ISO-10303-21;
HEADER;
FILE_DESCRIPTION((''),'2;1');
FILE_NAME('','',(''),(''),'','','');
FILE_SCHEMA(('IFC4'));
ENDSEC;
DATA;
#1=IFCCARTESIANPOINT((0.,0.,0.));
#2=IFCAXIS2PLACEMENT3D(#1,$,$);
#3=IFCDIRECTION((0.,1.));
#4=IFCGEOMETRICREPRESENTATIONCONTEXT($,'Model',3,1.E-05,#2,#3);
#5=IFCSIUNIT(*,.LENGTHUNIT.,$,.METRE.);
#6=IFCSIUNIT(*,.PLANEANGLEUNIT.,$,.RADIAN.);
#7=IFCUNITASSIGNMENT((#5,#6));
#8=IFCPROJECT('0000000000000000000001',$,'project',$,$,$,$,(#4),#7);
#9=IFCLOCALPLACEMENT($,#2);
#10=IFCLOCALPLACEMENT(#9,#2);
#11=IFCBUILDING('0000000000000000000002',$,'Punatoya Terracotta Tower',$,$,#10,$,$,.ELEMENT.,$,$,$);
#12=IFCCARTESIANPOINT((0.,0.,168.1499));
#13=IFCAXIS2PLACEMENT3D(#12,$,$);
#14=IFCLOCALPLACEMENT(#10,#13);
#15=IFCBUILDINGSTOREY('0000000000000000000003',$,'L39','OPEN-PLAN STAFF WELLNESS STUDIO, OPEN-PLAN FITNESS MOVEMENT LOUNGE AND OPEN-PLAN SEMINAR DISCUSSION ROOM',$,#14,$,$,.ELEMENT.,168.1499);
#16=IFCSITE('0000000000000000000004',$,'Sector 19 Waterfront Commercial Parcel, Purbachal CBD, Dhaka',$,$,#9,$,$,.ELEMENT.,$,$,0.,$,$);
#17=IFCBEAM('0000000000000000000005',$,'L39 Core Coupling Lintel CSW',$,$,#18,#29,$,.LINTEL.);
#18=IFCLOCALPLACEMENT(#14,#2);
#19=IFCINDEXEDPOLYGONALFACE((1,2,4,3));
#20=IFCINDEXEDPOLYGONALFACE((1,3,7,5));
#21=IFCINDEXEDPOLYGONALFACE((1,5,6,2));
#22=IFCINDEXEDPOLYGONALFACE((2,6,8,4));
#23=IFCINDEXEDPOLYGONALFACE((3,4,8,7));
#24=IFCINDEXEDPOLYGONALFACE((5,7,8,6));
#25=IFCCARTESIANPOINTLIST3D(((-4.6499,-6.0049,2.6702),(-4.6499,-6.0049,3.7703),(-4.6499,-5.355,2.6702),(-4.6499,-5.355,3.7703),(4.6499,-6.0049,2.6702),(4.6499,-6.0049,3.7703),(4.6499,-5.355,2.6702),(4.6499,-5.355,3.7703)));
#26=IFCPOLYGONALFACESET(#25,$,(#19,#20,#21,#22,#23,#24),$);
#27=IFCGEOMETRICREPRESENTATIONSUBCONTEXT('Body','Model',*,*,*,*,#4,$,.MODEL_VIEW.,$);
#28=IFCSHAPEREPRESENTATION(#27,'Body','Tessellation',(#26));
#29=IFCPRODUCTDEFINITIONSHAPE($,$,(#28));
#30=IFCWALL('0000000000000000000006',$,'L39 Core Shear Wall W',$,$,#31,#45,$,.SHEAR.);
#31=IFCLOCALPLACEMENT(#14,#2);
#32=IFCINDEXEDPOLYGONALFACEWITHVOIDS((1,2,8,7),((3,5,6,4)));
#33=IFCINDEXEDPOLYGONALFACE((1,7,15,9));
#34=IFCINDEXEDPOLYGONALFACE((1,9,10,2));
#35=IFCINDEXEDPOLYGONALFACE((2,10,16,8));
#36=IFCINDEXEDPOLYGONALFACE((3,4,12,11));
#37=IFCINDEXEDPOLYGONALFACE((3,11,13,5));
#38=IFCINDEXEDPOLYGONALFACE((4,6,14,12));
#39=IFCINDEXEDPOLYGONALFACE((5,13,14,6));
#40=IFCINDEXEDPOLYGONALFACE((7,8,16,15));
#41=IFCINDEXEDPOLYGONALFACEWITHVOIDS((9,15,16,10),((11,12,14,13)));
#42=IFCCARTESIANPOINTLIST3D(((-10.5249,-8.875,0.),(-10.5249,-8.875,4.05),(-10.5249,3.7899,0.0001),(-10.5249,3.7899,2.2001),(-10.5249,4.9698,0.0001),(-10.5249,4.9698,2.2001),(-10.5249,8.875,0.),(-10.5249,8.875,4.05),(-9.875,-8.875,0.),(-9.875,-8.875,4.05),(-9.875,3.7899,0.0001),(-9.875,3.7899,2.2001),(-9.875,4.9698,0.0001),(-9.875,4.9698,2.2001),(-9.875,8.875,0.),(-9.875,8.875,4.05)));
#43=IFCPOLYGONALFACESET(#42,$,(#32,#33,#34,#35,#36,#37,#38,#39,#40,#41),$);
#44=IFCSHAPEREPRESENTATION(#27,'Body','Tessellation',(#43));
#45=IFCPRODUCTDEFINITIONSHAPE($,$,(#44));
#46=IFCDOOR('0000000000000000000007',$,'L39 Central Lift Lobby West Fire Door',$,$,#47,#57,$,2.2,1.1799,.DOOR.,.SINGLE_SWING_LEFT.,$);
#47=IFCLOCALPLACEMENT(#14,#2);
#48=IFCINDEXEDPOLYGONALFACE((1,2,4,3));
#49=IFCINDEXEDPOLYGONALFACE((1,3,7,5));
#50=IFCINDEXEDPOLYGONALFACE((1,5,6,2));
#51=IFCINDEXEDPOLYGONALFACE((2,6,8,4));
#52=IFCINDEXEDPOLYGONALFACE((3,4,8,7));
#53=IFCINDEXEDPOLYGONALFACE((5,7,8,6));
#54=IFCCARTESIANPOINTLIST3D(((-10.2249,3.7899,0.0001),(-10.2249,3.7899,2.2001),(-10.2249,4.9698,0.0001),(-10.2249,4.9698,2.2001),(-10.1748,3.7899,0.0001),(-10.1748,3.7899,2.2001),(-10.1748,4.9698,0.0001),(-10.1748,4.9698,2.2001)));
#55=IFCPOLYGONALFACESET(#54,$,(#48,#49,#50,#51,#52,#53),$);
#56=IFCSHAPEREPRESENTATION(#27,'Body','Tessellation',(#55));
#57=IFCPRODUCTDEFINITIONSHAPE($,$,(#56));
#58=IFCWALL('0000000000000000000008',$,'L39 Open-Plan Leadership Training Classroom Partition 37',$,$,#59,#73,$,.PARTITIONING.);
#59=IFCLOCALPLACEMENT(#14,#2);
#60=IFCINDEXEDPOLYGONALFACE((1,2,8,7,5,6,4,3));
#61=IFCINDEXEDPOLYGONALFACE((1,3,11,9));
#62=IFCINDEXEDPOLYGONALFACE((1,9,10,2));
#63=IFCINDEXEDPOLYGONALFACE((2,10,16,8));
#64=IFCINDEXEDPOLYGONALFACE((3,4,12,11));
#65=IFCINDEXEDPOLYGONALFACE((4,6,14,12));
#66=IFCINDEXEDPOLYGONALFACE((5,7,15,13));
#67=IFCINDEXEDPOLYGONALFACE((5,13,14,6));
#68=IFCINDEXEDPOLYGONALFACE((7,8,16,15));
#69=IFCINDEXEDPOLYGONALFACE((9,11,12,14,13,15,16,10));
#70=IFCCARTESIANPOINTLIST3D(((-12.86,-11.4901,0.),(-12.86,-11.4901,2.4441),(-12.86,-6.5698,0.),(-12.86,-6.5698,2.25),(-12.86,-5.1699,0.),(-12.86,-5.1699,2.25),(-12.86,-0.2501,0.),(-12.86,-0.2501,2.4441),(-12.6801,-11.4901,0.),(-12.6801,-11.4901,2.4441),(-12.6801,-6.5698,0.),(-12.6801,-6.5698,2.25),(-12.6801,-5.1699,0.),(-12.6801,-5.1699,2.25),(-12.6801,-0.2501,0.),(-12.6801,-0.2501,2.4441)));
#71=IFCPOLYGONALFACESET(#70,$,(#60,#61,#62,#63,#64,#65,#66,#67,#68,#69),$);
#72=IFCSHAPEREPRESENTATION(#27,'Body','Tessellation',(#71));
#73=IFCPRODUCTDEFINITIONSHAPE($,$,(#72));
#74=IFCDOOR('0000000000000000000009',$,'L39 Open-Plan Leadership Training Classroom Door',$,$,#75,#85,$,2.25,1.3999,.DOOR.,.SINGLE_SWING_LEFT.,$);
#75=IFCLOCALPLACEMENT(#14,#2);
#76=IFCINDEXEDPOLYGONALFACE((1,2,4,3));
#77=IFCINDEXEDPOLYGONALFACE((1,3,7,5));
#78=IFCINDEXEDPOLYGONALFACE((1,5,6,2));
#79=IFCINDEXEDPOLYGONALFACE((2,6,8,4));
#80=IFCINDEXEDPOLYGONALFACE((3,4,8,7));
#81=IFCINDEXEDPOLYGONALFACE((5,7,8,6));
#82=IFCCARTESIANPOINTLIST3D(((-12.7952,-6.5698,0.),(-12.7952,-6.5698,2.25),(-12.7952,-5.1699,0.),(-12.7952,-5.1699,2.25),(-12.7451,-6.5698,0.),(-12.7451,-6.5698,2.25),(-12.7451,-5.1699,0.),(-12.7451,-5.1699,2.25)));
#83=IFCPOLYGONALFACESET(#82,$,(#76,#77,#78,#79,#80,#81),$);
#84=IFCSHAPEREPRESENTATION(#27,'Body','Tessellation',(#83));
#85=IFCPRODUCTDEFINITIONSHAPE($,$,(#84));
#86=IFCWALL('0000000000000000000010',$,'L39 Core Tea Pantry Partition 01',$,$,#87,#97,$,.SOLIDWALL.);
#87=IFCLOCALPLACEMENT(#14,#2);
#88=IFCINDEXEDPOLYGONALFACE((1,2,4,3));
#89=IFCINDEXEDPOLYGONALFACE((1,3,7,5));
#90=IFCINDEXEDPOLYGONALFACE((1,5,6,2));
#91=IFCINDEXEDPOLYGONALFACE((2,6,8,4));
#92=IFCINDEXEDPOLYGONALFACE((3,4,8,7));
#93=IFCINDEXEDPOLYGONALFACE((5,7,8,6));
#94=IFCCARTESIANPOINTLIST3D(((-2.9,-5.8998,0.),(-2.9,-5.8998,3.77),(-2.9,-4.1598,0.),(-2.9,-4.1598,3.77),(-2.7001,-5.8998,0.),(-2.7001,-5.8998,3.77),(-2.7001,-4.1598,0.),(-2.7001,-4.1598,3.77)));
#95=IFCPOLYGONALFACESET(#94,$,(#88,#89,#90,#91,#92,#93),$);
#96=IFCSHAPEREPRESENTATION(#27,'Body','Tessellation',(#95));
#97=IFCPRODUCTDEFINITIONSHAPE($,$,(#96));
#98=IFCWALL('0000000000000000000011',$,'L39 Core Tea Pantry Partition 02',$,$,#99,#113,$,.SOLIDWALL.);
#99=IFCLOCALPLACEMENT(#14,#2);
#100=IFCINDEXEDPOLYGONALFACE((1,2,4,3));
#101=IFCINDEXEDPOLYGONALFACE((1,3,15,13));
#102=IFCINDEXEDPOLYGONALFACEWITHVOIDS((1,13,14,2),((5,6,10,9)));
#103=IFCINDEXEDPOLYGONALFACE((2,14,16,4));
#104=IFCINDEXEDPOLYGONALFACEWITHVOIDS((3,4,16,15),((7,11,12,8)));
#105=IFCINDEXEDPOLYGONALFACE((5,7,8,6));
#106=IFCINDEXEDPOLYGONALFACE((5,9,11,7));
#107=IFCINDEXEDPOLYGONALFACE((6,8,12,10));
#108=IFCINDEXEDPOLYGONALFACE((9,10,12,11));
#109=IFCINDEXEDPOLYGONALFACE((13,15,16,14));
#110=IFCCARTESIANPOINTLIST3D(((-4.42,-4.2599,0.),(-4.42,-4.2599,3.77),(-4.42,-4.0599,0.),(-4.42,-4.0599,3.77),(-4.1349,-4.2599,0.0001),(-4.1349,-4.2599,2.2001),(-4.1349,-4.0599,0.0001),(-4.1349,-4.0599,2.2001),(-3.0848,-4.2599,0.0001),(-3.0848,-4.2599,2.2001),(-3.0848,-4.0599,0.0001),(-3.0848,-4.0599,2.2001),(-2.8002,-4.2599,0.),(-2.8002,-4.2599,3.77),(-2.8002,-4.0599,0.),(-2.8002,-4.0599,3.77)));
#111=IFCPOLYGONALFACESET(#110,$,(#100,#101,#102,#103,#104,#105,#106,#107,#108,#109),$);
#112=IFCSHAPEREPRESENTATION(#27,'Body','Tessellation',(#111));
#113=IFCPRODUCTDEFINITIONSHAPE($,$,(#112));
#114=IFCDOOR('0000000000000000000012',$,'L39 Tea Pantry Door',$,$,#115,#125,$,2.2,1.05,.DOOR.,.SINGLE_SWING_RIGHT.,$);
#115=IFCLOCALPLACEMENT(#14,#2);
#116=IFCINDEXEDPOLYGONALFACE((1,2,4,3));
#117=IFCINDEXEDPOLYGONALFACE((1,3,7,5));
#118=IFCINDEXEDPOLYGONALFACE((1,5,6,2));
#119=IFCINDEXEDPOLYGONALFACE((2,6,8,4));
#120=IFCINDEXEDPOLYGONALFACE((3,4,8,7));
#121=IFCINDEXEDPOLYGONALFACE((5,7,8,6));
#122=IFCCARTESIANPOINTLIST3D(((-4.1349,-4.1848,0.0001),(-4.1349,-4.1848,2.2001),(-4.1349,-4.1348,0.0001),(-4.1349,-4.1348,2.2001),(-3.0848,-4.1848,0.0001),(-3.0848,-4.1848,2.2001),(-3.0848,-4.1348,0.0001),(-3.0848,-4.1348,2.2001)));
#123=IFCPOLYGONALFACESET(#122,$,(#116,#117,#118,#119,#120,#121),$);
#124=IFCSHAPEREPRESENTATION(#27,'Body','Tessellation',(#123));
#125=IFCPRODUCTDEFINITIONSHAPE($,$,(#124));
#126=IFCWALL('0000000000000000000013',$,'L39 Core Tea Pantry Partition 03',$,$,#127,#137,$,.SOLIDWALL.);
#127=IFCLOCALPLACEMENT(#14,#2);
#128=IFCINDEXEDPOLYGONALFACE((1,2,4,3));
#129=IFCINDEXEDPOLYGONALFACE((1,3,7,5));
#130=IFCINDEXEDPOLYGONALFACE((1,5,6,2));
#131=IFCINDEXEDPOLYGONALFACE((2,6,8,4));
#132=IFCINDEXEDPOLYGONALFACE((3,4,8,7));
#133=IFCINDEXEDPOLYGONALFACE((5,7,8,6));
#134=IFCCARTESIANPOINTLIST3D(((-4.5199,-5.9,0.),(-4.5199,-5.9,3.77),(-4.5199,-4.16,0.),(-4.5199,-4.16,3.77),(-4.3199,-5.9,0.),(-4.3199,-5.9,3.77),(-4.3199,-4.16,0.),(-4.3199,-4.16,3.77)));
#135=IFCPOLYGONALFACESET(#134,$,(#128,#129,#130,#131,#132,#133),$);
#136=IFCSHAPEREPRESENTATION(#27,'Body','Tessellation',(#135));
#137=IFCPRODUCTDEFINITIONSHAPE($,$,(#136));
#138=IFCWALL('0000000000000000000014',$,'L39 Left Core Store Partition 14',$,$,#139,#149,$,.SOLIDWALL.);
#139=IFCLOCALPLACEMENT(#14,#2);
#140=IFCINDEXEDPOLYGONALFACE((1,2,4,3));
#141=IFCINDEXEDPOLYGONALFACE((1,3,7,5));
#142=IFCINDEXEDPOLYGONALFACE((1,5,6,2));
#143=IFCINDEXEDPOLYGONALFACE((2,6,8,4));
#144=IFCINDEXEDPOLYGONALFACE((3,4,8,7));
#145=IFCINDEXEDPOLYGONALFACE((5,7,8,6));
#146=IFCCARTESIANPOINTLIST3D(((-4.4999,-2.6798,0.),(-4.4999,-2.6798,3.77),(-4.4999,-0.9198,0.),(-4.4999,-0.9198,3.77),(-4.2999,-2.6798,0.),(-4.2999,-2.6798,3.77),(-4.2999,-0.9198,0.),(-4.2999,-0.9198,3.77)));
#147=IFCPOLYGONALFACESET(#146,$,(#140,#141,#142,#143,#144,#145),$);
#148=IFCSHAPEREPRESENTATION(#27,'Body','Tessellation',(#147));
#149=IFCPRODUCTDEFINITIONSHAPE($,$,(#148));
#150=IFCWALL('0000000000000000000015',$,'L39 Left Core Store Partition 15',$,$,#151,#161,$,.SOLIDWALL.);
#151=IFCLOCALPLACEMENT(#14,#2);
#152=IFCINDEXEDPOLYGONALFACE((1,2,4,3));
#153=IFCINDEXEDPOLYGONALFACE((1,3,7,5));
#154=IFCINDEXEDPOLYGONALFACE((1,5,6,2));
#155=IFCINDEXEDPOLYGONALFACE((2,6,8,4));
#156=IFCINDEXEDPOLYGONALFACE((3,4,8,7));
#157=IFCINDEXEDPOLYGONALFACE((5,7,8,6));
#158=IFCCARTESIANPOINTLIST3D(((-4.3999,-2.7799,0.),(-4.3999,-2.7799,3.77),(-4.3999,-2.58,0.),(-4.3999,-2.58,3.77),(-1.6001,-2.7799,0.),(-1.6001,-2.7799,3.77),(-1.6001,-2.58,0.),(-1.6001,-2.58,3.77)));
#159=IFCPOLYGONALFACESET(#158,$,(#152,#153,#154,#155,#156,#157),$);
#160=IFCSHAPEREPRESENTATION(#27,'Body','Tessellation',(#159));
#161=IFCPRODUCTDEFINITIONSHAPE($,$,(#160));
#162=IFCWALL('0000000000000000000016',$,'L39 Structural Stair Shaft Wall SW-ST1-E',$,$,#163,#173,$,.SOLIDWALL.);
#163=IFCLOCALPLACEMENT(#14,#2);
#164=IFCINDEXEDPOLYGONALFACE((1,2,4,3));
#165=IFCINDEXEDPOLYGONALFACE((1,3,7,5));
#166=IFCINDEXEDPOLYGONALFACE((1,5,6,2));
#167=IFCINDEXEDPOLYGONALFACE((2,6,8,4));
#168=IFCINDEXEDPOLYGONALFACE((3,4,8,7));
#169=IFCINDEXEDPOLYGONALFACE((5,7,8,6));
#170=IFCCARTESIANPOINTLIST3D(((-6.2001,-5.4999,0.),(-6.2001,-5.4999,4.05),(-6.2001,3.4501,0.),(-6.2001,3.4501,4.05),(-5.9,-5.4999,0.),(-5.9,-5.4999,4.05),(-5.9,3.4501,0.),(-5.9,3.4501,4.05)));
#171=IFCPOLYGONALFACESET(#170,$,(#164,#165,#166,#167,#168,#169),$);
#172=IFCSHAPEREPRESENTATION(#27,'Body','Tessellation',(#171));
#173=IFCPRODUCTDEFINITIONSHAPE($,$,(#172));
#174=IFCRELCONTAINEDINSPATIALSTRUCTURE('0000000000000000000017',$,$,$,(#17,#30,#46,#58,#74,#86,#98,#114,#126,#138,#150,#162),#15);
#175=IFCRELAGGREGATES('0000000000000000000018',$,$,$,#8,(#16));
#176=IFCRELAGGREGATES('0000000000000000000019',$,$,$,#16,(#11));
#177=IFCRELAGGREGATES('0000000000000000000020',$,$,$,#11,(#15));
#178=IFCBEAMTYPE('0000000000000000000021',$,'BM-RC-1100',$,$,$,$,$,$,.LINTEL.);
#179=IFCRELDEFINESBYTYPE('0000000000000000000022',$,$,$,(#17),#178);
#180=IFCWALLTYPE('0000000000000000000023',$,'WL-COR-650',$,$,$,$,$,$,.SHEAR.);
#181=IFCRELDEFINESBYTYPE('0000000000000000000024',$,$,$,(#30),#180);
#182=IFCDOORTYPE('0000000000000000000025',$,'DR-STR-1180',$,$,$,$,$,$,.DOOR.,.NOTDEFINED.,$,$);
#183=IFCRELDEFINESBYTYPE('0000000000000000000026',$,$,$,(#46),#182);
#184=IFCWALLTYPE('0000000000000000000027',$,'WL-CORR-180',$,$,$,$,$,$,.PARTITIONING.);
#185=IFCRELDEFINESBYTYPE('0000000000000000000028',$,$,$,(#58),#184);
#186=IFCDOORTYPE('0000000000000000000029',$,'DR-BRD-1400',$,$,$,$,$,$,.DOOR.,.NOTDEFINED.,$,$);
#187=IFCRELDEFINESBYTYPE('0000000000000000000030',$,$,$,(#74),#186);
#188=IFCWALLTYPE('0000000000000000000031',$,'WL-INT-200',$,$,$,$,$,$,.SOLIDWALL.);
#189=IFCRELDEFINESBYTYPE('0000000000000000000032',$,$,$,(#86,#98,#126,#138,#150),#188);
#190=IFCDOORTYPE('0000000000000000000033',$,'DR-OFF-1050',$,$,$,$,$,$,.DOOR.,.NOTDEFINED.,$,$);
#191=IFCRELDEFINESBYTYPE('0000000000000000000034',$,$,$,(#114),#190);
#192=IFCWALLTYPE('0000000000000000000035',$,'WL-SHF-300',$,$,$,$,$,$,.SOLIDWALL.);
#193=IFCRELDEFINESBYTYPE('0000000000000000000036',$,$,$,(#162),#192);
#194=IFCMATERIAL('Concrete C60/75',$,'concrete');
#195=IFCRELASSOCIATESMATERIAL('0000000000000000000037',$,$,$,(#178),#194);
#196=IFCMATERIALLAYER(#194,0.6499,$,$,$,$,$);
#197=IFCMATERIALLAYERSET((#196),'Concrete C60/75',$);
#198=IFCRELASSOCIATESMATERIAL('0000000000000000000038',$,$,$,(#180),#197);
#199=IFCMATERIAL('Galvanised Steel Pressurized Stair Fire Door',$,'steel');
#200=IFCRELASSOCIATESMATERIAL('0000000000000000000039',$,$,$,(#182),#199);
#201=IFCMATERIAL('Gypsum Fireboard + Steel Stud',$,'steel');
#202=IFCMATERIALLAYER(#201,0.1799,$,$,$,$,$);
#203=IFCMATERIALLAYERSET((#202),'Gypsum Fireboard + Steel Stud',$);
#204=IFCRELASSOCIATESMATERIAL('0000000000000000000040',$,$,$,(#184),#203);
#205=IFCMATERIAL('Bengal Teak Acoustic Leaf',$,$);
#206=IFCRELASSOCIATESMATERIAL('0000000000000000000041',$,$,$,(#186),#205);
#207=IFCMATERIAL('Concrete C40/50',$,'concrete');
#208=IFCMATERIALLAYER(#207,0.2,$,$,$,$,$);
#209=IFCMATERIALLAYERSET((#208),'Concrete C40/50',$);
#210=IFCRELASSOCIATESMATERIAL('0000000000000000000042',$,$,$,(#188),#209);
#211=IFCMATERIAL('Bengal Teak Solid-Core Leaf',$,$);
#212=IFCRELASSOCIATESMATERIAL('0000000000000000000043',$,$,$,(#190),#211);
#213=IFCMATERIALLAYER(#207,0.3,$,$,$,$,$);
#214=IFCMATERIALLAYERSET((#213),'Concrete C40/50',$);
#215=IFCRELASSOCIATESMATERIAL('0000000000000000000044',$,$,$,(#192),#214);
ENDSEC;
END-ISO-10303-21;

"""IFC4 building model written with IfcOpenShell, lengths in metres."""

from ifc_helpers import new_model, si_unit, direction, frame, frame_2d, origin, origin_2d, place, context, subcontext, project, spatial, rectangle, extrude, material, layer, layer_set, material_profile, profile_set, type_object, element, fill, save


model = new_model("IFC4")

# Units and contexts
model_context = context("Model", 3, precision=1e-05, world=origin(), true_north=direction((0.0, 1.0)))
body_context = subcontext(model_context, "Body", "Model", "MODEL_VIEW")
ifc_project = project(units=[si_unit("LENGTHUNIT", "METRE"), si_unit("PLANEANGLEUNIT", "RADIAN")], contexts=[model_context])

# Site, building, storey
site_placement = place(None, origin())
site = spatial("IfcSite", under=ifc_project, at=site_placement, Name="Sector 19 Waterfront Commercial Parcel, Purbachal CBD, Dhaka", CompositionType="ELEMENT", RefElevation=0.0)
building_placement = place(site_placement, origin())
building = spatial("IfcBuilding", under=site, at=building_placement, Name="Punatoya Terracotta Tower", CompositionType="ELEMENT")
storey_placement = place(building_placement, frame((0.0, 0.0, 168.1499)))
storey = spatial("IfcBuildingStorey", under=building, at=storey_placement, Name="L39", Description="OPEN-PLAN STAFF WELLNESS STUDIO, OPEN-PLAN FITNESS MOVEMENT LOUNGE AND OPEN-PLAN SEMINAR DISCUSSION ROOM", CompositionType="ELEMENT", Elevation=168.1499)

# Beam
ifc_material_1 = material(Name="Concrete C60/75", Category="concrete")
ifc_material_profile = material_profile(ifc_material_1, rectangle(XDim=0.6499, YDim=1.1001, at=origin_2d()))
ifc_profile_set = profile_set([ifc_material_profile], Name="Concrete C60/75")
beam_type = type_object("IfcBeamType", Name="BM-RC-1100", PredefinedType="LINTEL", material=ifc_profile_set)
beam_placement = place(storey_placement, frame((-4.6499, -5.6799, 3.2202), z_axis=(1.0, 0.0, 0.0), x_axis=(0.0, 1.0, 0.0)))
element("IfcBeam", 1, at=beam_placement, inside=storey, type_object=beam_type, Name="L39 Core Coupling Lintel CSW", PredefinedType="LINTEL", context=body_context, shape_type="SweptSolid", body=[
    extrude(rectangle(XDim=0.6499, YDim=1.1001, at=origin_2d()), origin(), (0.0, 0.0, 1.0), 9.2998),
])

# Walls, openings, doors
ifc_layer_1 = layer(ifc_material_1, 0.6499)
ifc_layer_set_1 = layer_set([ifc_layer_1], Name="Concrete C60/75")
wall_type_1 = type_object("IfcWallType", Name="WL-COR-650", PredefinedType="SHEAR", material=ifc_layer_set_1)
wall_1_placement = place(storey_placement, frame((-10.2, -8.875, 0.0), z_axis=(0.0, 0.0, 1.0), x_axis=(0.0, 1.0, 0.0)))
wall_1 = element("IfcWall", 2, at=wall_1_placement, inside=storey, type_object=wall_type_1, Name="L39 Core Shear Wall W", PredefinedType="SHEAR", context=body_context, shape_type="SweptSolid", body=[
    extrude(rectangle(XDim=17.75, YDim=0.6499, at=frame_2d((8.875, 0.0))), origin(), (0.0, 0.0, 1.0), 4.05),
])
opening_1_placement = place(wall_1_placement, frame((12.665, 0.0, 0.0)))
opening_1 = element("IfcOpeningElement", 3, at=opening_1_placement, cuts=wall_1, PredefinedType="OPENING", context=body_context, shape_type="SweptSolid", body=[
    extrude(rectangle(XDim=1.1799, YDim=2.2, at=frame_2d((0.5898, 1.1001))), frame((0.0, 0.335, 0.0), z_axis=(0.0, -1.0, 0.0), x_axis=(1.0, 0.0, 0.0)), (0.0, 0.0, 1.0), 0.6699),
])
ifc_material_2 = material(Name="Galvanised Steel Pressurized Stair Fire Door", Category="steel")
door_type_1 = type_object("IfcDoorType", Name="DR-STR-1180", OperationType="NOTDEFINED", PredefinedType="DOOR", material=ifc_material_2)
door_1_placement = place(opening_1_placement, origin())
door_1 = element("IfcDoor", 4, at=door_1_placement, inside=storey, type_object=door_type_1, Name="L39 Central Lift Lobby West Fire Door", OperationType="SINGLE_SWING_LEFT", OverallHeight=2.2, OverallWidth=1.1799, PredefinedType="DOOR", context=body_context, shape_type="SweptSolid", body=[
    extrude(rectangle(XDim=1.1799, YDim=2.2, at=frame_2d((0.5898, 1.1001))), frame((0.0, 0.0249, 0.0), z_axis=(0.0, -1.0, 0.0), x_axis=(1.0, 0.0, 0.0)), (0.0, 0.0, 1.0), 0.05),
])
fill(opening_1, door_1)
ifc_material_3 = material(Name="Gypsum Fireboard + Steel Stud", Category="steel")
ifc_layer_2 = layer(ifc_material_3, 0.1799)
ifc_layer_set_2 = layer_set([ifc_layer_2], Name="Gypsum Fireboard + Steel Stud")
wall_type_2 = type_object("IfcWallType", Name="WL-CORR-180", PredefinedType="PARTITIONING", material=ifc_layer_set_2)
wall_2_placement = place(storey_placement, frame((-12.77, -0.25, 0.0), z_axis=(0.0, 0.0, 1.0), x_axis=(0.0, -1.0, 0.0)))
wall_2 = element("IfcWall", 5, at=wall_2_placement, inside=storey, type_object=wall_type_2, Name="L39 Open-Plan Leadership Training Classroom Partition 37", PredefinedType="PARTITIONING", context=body_context, shape_type="SweptSolid", body=[
    extrude(rectangle(XDim=11.24, YDim=0.1799, at=frame_2d((5.6201, 0.0))), origin(), (0.0, 0.0, 1.0), 2.4441),
])
opening_2_placement = place(wall_2_placement, frame((4.9199, 0.0, 0.0)))
opening_2 = element("IfcOpeningElement", 6, at=opening_2_placement, cuts=wall_2, PredefinedType="OPENING", context=body_context, shape_type="SweptSolid", body=[
    extrude(rectangle(XDim=1.3999, YDim=2.25, at=frame_2d((0.7, 1.125))), frame((0.0, 0.0999, 0.0), z_axis=(0.0, -1.0, 0.0), x_axis=(1.0, 0.0, 0.0)), (0.0, 0.0, 1.0), 0.2),
])
ifc_material_4 = material(Name="Bengal Teak Acoustic Leaf")
door_type_2 = type_object("IfcDoorType", Name="DR-BRD-1400", OperationType="NOTDEFINED", PredefinedType="DOOR", material=ifc_material_4)
door_2_placement = place(opening_2_placement, origin())
door_2 = element("IfcDoor", 7, at=door_2_placement, inside=storey, type_object=door_type_2, Name="L39 Open-Plan Leadership Training Classroom Door", OperationType="SINGLE_SWING_LEFT", OverallHeight=2.25, OverallWidth=1.3999, PredefinedType="DOOR", context=body_context, shape_type="SweptSolid", body=[
    extrude(rectangle(XDim=1.3999, YDim=2.25, at=frame_2d((0.7, 1.125))), frame((0.0, 0.0249, 0.0), z_axis=(0.0, -1.0, 0.0), x_axis=(1.0, 0.0, 0.0)), (0.0, 0.0, 1.0), 0.05),
])
fill(opening_2, door_2)

# Wall
ifc_material_5 = material(Name="Concrete C40/50", Category="concrete")
ifc_layer_3 = layer(ifc_material_5, 0.2)
ifc_layer_set_3 = layer_set([ifc_layer_3], Name="Concrete C40/50")
wall_type_3 = type_object("IfcWallType", Name="WL-INT-200", PredefinedType="SOLIDWALL", material=ifc_layer_set_3)
wall_3_placement = place(storey_placement, frame((-2.8, -5.8999, 0.0), z_axis=(0.0, 0.0, 1.0), x_axis=(0.0, 1.0, 0.0)))
element("IfcWall", 8, at=wall_3_placement, inside=storey, type_object=wall_type_3, Name="L39 Core Tea Pantry Partition 01", PredefinedType="SOLIDWALL", context=body_context, shape_type="SweptSolid", body=[
    extrude(rectangle(XDim=1.74, YDim=0.2, at=frame_2d((0.8701, 0.0))), origin(), (0.0, 0.0, 1.0), 3.77),
])

# Wall, opening, door
wall_4_placement = place(storey_placement, frame((-2.8, -4.1599, 0.0), z_axis=(0.0, 0.0, 1.0), x_axis=(-1.0, 0.0, 0.0)))
wall_4 = element("IfcWall", 9, at=wall_4_placement, inside=storey, type_object=wall_type_3, Name="L39 Core Tea Pantry Partition 02", PredefinedType="SOLIDWALL", context=body_context, shape_type="SweptSolid", body=[
    extrude(rectangle(XDim=1.6199, YDim=0.2, at=frame_2d((0.8101, 0.0))), origin(), (0.0, 0.0, 1.0), 3.77),
])
opening_3_placement = place(wall_4_placement, frame((0.2849, 0.0, 0.0)))
opening_3 = element("IfcOpeningElement", 10, at=opening_3_placement, cuts=wall_4, PredefinedType="OPENING", context=body_context, shape_type="SweptSolid", body=[
    extrude(rectangle(XDim=1.05, YDim=2.2, at=frame_2d((0.5249, 1.1001))), frame((0.0, 0.1099, 0.0), z_axis=(0.0, -1.0, 0.0), x_axis=(1.0, 0.0, 0.0)), (0.0, 0.0, 1.0), 0.22),
])
ifc_material_6 = material(Name="Bengal Teak Solid-Core Leaf")
door_type_3 = type_object("IfcDoorType", Name="DR-OFF-1050", OperationType="NOTDEFINED", PredefinedType="DOOR", material=ifc_material_6)
door_3_placement = place(opening_3_placement, origin())
door_3 = element("IfcDoor", 11, at=door_3_placement, inside=storey, type_object=door_type_3, Name="L39 Tea Pantry Door", OperationType="SINGLE_SWING_RIGHT", OverallHeight=2.2, OverallWidth=1.05, PredefinedType="DOOR", context=body_context, shape_type="SweptSolid", body=[
    extrude(rectangle(XDim=1.05, YDim=2.2, at=frame_2d((0.5249, 1.1001))), frame((0.0, 0.0249, 0.0), z_axis=(0.0, -1.0, 0.0), x_axis=(1.0, 0.0, 0.0)), (0.0, 0.0, 1.0), 0.05),
])
fill(opening_3, door_3)

# Walls
wall_5_placement = place(storey_placement, frame((-4.4199, -4.1599, 0.0), z_axis=(0.0, 0.0, 1.0), x_axis=(0.0, -1.0, 0.0)))
element("IfcWall", 12, at=wall_5_placement, inside=storey, type_object=wall_type_3, Name="L39 Core Tea Pantry Partition 03", PredefinedType="SOLIDWALL", context=body_context, shape_type="SweptSolid", body=[
    extrude(rectangle(XDim=1.74, YDim=0.2, at=frame_2d((0.8701, 0.0))), origin(), (0.0, 0.0, 1.0), 3.77),
])
wall_6_placement = place(storey_placement, frame((-4.3999, -0.9199, 0.0), z_axis=(0.0, 0.0, 1.0), x_axis=(0.0, -1.0, 0.0)))
element("IfcWall", 13, at=wall_6_placement, inside=storey, type_object=wall_type_3, Name="L39 Left Core Store Partition 14", PredefinedType="SOLIDWALL", context=body_context, shape_type="SweptSolid", body=[
    extrude(rectangle(XDim=1.76, YDim=0.2, at=frame_2d((0.8799, 0.0))), origin(), (0.0, 0.0, 1.0), 3.77),
])
wall_7_placement = place(storey_placement, frame((-4.3999, -2.6799, 0.0), z_axis=(0.0, 0.0, 1.0), x_axis=(1.0, 0.0, 0.0)))
element("IfcWall", 14, at=wall_7_placement, inside=storey, type_object=wall_type_3, Name="L39 Left Core Store Partition 15", PredefinedType="SOLIDWALL", context=body_context, shape_type="SweptSolid", body=[
    extrude(rectangle(XDim=2.7998, YDim=0.2, at=frame_2d((1.3999, 0.0))), origin(), (0.0, 0.0, 1.0), 3.77),
])
ifc_layer_4 = layer(ifc_material_5, 0.3)
ifc_layer_set_4 = layer_set([ifc_layer_4], Name="Concrete C40/50")
wall_type_4 = type_object("IfcWallType", Name="WL-SHF-300", PredefinedType="SOLIDWALL", material=ifc_layer_set_4)
wall_8_placement = place(storey_placement, frame((-6.05, -5.5, 0.0), z_axis=(0.0, 0.0, 1.0), x_axis=(0.0, 1.0, 0.0)))
element("IfcWall", 15, at=wall_8_placement, inside=storey, type_object=wall_type_4, Name="L39 Structural Stair Shaft Wall SW-ST1-E", PredefinedType="SOLIDWALL", context=body_context, shape_type="SweptSolid", body=[
    extrude(rectangle(XDim=8.95, YDim=0.3, at=frame_2d((4.4751, 0.0))), origin(), (0.0, 0.0, 1.0), 4.05),
])

save(model, "model.ifc")
